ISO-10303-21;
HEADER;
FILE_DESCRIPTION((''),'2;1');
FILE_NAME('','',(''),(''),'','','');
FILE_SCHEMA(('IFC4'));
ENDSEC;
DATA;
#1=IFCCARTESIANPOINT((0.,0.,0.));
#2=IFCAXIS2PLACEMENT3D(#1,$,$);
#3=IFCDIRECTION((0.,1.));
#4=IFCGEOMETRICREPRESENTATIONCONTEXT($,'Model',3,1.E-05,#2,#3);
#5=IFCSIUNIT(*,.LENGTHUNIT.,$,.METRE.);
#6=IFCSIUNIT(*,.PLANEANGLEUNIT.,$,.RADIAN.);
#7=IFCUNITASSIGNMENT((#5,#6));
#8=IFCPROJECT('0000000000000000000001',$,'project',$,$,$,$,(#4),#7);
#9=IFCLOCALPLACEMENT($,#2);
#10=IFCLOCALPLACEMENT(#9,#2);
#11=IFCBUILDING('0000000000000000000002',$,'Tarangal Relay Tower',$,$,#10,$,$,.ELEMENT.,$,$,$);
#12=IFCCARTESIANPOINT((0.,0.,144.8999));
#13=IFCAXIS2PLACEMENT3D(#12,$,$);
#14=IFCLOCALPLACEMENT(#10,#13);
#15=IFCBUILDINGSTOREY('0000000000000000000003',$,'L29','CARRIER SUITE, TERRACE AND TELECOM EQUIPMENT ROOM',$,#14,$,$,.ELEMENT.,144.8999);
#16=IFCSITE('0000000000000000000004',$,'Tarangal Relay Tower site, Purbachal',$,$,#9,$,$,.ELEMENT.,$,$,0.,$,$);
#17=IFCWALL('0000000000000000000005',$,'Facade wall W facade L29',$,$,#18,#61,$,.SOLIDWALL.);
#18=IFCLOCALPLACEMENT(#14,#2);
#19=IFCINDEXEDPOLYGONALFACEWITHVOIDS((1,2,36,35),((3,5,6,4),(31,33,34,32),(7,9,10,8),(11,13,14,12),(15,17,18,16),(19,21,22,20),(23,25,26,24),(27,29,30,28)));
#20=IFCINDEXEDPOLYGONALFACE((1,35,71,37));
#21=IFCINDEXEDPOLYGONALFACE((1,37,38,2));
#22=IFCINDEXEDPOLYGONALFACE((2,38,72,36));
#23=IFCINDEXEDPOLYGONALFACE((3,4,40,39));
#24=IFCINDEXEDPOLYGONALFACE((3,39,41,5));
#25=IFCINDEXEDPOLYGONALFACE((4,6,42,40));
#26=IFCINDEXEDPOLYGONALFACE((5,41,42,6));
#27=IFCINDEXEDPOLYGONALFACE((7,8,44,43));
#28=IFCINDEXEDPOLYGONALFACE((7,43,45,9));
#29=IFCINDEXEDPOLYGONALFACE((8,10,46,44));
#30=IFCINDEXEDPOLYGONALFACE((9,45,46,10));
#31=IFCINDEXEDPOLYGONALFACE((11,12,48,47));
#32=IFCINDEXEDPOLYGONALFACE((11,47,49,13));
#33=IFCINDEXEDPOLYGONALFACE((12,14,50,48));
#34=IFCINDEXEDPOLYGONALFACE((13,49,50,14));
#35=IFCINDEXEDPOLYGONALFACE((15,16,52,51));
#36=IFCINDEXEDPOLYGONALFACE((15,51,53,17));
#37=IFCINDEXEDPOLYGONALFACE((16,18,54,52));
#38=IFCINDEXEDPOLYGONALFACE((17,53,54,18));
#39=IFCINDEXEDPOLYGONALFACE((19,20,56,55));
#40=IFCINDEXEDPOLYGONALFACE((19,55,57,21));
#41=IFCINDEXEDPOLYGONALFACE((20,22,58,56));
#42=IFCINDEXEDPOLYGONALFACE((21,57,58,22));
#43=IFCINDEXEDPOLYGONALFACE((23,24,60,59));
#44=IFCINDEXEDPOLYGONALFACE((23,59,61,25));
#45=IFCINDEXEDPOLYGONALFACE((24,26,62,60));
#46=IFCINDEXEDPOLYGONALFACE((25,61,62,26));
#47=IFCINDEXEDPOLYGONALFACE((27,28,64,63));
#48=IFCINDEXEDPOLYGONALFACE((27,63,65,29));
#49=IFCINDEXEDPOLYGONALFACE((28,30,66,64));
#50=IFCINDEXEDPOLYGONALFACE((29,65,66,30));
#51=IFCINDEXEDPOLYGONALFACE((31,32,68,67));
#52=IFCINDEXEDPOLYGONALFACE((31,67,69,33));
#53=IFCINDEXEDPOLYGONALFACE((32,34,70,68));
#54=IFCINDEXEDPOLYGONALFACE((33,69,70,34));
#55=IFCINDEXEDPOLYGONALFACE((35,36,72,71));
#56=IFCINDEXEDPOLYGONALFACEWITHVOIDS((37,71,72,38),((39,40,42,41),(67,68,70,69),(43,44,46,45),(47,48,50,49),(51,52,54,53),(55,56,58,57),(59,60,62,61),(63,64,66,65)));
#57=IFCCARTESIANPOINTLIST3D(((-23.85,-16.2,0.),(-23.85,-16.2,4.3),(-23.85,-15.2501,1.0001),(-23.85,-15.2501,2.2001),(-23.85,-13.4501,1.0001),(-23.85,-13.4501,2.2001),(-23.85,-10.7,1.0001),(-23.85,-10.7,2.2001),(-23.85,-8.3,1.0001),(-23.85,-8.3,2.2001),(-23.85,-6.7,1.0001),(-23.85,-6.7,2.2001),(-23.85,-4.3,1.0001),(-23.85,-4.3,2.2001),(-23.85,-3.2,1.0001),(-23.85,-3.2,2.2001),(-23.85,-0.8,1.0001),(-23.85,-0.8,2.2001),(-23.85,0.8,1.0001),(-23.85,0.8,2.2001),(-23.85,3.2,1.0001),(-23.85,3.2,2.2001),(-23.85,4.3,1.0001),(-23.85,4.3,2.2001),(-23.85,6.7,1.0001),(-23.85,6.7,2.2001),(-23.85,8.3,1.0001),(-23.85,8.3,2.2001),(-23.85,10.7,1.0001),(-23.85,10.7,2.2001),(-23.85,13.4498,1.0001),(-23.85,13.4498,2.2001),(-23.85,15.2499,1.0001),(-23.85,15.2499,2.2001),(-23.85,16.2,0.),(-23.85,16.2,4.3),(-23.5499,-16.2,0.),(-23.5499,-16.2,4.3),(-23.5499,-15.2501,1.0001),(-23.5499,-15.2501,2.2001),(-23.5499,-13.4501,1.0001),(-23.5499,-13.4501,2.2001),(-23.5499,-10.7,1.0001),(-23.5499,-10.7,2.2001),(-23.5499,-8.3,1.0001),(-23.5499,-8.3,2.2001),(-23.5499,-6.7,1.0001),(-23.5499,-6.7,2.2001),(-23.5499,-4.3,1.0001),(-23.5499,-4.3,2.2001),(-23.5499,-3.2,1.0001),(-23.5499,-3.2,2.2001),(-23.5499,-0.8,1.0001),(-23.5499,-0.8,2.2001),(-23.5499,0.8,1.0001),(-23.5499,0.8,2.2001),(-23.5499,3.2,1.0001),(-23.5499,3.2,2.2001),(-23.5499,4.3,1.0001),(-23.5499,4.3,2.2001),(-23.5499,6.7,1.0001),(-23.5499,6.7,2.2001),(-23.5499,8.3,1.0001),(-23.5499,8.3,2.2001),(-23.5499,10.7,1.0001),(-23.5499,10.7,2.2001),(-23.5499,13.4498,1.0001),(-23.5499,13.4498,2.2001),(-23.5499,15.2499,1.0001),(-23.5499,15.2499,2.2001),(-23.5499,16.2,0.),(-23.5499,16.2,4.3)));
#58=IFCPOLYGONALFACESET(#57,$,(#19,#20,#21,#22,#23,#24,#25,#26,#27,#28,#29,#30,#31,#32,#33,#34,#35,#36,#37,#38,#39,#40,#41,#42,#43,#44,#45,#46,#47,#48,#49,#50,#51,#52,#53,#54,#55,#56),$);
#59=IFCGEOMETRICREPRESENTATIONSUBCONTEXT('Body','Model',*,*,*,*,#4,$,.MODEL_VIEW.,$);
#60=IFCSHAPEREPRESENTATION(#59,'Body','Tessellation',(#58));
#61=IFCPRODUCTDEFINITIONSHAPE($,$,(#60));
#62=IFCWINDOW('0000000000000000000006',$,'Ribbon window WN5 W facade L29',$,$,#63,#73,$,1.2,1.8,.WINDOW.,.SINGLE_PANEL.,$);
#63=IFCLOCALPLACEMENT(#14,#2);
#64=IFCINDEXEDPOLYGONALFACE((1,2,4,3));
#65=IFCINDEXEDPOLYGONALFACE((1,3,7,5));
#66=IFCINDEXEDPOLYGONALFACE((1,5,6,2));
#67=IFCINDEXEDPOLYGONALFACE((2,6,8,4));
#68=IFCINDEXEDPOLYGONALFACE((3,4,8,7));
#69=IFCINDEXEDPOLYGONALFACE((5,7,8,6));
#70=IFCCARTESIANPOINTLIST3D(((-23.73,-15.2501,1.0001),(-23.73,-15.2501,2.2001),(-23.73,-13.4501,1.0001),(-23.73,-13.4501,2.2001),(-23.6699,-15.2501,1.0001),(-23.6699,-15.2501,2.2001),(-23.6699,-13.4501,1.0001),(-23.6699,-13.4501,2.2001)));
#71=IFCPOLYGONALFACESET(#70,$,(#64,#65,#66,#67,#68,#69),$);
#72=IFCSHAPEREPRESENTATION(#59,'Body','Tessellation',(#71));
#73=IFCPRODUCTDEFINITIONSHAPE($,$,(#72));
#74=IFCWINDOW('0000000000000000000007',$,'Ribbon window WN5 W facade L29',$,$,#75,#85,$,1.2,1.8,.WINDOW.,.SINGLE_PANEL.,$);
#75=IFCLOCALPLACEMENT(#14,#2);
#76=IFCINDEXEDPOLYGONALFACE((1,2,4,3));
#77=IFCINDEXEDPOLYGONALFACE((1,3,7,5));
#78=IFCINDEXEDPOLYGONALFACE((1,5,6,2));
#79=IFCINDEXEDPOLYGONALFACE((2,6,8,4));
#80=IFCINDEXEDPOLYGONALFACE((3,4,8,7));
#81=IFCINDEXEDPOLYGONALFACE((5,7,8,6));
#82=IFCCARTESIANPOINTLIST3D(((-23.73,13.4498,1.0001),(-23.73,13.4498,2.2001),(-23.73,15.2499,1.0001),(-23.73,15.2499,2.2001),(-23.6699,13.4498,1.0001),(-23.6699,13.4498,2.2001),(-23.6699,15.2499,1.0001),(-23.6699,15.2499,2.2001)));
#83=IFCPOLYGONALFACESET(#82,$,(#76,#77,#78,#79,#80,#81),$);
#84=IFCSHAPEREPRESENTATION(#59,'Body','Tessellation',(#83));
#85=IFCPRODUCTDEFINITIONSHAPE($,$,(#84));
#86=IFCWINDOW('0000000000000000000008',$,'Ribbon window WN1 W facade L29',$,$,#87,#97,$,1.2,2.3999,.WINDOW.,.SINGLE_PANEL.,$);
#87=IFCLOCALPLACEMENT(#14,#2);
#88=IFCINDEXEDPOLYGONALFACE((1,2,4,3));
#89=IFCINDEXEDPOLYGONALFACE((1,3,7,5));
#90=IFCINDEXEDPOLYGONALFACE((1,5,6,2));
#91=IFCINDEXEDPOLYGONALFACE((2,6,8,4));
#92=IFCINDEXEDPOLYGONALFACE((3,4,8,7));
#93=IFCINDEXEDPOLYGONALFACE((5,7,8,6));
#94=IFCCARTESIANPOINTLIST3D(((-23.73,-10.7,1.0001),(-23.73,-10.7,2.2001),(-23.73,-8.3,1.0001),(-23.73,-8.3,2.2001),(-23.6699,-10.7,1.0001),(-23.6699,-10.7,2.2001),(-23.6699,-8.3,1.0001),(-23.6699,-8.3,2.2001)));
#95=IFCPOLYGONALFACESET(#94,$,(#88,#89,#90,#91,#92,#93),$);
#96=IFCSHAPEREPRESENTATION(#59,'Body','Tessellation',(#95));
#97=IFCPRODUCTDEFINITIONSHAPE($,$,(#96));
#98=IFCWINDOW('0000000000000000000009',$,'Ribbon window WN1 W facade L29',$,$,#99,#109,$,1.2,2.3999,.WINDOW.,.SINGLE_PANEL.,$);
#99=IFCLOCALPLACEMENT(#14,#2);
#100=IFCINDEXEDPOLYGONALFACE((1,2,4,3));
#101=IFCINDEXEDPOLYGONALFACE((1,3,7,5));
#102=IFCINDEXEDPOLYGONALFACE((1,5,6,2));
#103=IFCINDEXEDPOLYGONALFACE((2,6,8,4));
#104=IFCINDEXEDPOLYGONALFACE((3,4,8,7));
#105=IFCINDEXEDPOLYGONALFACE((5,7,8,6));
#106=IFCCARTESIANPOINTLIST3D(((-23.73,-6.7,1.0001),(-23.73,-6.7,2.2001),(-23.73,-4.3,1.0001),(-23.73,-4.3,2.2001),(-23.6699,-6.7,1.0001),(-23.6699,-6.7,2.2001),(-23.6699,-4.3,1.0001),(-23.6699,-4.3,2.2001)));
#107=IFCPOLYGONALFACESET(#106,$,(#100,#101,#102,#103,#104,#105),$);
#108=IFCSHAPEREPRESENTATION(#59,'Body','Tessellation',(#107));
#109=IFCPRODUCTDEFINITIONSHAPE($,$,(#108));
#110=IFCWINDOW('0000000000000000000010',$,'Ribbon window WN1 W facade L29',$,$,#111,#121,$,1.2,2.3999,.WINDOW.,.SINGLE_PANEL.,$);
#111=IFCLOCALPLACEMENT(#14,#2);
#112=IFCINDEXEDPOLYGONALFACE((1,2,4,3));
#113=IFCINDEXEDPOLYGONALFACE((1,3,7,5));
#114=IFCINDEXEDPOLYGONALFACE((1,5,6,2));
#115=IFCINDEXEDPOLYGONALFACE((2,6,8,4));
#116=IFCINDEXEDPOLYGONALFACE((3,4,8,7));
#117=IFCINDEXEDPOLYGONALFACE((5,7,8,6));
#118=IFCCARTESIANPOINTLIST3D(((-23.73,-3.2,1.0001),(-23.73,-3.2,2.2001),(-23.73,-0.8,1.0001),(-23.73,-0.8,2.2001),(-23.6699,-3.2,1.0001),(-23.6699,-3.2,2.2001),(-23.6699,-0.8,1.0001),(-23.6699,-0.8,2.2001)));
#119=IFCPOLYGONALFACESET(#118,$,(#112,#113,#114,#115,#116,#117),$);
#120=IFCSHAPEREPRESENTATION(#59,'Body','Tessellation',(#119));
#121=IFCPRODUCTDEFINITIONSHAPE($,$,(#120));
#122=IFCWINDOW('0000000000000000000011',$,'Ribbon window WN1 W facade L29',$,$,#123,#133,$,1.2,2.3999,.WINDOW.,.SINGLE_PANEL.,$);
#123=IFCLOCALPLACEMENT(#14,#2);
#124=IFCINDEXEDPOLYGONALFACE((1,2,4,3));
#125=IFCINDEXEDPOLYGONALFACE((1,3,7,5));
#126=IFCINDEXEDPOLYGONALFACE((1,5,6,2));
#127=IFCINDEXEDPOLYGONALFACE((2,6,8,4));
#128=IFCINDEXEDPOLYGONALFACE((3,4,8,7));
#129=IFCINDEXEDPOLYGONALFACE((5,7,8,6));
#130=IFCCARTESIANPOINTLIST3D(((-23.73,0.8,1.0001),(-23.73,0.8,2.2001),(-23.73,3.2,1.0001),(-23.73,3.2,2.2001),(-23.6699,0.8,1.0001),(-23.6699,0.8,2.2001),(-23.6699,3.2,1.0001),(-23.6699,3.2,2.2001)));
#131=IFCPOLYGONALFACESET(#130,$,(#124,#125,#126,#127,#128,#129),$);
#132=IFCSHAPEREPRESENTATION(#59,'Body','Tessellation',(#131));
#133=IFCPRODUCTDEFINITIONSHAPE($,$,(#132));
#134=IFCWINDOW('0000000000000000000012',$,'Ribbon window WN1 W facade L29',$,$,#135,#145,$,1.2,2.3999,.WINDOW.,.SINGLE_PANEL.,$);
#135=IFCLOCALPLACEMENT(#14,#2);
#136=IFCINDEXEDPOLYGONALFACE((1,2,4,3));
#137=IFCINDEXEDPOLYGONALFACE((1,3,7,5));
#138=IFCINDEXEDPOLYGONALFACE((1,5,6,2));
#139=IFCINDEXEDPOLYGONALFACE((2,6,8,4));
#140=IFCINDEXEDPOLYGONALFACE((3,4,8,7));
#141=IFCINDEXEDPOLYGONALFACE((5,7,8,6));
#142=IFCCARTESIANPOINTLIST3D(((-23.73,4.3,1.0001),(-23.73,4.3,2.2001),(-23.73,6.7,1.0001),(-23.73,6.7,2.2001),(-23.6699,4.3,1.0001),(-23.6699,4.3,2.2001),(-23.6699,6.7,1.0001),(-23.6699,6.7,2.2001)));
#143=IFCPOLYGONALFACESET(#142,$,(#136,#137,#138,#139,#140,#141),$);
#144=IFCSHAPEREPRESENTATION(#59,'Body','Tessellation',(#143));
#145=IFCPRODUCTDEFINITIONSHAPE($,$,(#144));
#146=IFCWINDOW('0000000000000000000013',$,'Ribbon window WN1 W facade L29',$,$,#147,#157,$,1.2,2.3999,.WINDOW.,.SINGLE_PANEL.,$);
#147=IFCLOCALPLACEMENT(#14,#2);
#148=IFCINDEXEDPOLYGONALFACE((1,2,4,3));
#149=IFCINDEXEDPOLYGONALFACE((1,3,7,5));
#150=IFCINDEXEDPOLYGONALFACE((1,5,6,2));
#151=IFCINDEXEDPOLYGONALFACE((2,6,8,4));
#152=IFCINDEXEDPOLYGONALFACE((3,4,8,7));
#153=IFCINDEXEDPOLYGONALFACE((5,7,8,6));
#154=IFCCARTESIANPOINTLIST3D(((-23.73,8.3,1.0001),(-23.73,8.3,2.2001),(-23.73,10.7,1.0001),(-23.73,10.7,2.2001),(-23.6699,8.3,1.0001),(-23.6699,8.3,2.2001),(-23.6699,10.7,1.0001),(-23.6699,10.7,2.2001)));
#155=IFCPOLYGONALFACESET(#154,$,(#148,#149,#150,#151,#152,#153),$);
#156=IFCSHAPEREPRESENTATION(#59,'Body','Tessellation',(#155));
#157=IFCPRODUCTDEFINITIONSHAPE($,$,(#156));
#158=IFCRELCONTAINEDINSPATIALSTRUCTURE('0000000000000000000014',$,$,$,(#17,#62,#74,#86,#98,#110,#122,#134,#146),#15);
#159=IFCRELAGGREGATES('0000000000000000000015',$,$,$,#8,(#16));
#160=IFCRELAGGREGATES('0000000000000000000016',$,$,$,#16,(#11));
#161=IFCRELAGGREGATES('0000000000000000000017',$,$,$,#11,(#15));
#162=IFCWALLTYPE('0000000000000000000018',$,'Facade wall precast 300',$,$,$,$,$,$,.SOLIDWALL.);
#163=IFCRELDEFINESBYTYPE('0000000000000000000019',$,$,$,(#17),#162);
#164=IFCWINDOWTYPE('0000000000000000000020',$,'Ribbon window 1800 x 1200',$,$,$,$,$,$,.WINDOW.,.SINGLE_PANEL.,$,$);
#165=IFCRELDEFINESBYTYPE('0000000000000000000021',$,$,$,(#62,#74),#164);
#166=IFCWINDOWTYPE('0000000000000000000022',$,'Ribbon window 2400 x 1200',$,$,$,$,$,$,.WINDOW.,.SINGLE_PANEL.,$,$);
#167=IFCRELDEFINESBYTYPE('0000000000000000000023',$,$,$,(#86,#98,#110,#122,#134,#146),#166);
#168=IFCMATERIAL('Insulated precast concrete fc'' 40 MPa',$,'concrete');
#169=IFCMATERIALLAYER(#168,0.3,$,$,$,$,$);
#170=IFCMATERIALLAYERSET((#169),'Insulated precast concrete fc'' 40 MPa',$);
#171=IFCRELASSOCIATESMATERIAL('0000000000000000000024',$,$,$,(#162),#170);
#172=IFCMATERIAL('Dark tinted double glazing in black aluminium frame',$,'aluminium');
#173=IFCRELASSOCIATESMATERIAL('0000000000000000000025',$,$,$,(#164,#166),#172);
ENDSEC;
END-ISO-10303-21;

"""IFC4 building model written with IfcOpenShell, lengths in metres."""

from ifc_helpers import new_model, si_unit, direction, frame, frame_2d, origin, place, context, subcontext, project, spatial, rectangle, extrude, material, layer, layer_set, type_object, element, fill, save


model = new_model("IFC4")

# Units and contexts
model_context = context("Model", 3, precision=1e-05, world=origin(), true_north=direction((0.0, 1.0)))
body_context = subcontext(model_context, "Body", "Model", "MODEL_VIEW")
ifc_project = project(units=[si_unit("LENGTHUNIT", "METRE"), si_unit("PLANEANGLEUNIT", "RADIAN")], contexts=[model_context])

# Site, building, storey
site_placement = place(None, origin())
site = spatial("IfcSite", under=ifc_project, at=site_placement, Name="Tarangal Relay Tower site, Purbachal", CompositionType="ELEMENT", RefElevation=0.0)
building_placement = place(site_placement, origin())
building = spatial("IfcBuilding", under=site, at=building_placement, Name="Tarangal Relay Tower", CompositionType="ELEMENT")
storey_placement = place(building_placement, frame((0.0, 0.0, 144.8999)))
storey = spatial("IfcBuildingStorey", under=building, at=storey_placement, Name="L29", Description="CARRIER SUITE, TERRACE AND TELECOM EQUIPMENT ROOM", CompositionType="ELEMENT", Elevation=144.8999)

# Shared definitions
ifc_material_1 = material(Name="Insulated precast concrete fc' 40 MPa", Category="concrete")
ifc_layer = layer(ifc_material_1, 0.3)
ifc_layer_set = layer_set([ifc_layer], Name="Insulated precast concrete fc' 40 MPa")
wall_type = type_object("IfcWallType", Name="Facade wall precast 300", PredefinedType="SOLIDWALL", material=ifc_layer_set)

# Wall, openings, windows
wall_placement = place(storey_placement, frame((-23.7, -16.2, 0.0), z_axis=(0.0, 0.0, 1.0), x_axis=(0.0, 1.0, 0.0)))
wall = element("IfcWall", 1, at=wall_placement, inside=storey, type_object=wall_type, Name="Facade wall W facade L29", PredefinedType="SOLIDWALL", context=body_context, shape_type="SweptSolid", body=[
    extrude(rectangle(XDim=32.3999, YDim=0.3, at=frame_2d((16.2, 0.0))), origin(), (0.0, 0.0, 1.0), 4.3),
])
opening_1_placement = place(wall_placement, frame((0.95, 0.0, 1.0)))
opening_1 = element("IfcOpeningElement", 2, at=opening_1_placement, cuts=wall, PredefinedType="OPENING", context=body_context, shape_type="SweptSolid", body=[
    extrude(rectangle(XDim=1.8, YDim=1.2, at=frame_2d((0.8999, 0.6001))), frame((0.0, 0.1599, 0.0), z_axis=(0.0, -1.0, 0.0), x_axis=(1.0, 0.0, 0.0)), (0.0, 0.0, 1.0), 0.3201),
])
opening_2_placement = place(wall_placement, frame((5.5, 0.0, 1.0)))
opening_2 = element("IfcOpeningElement", 3, at=opening_2_placement, cuts=wall, PredefinedType="OPENING", context=body_context, shape_type="SweptSolid", body=[
    extrude(rectangle(XDim=2.3999, YDim=1.2, at=frame_2d((1.2, 0.6001))), frame((0.0, 0.1599, 0.0), z_axis=(0.0, -1.0, 0.0), x_axis=(1.0, 0.0, 0.0)), (0.0, 0.0, 1.0), 0.3201),
])
opening_3_placement = place(wall_placement, frame((9.5, 0.0, 1.0)))
opening_3 = element("IfcOpeningElement", 4, at=opening_3_placement, cuts=wall, PredefinedType="OPENING", context=body_context, shape_type="SweptSolid", body=[
    extrude(rectangle(XDim=2.3999, YDim=1.2, at=frame_2d((1.2, 0.6001))), frame((0.0, 0.1599, 0.0), z_axis=(0.0, -1.0, 0.0), x_axis=(1.0, 0.0, 0.0)), (0.0, 0.0, 1.0), 0.3201),
])
opening_4_placement = place(wall_placement, frame((13.0, 0.0, 1.0)))
opening_4 = element("IfcOpeningElement", 5, at=opening_4_placement, cuts=wall, PredefinedType="OPENING", context=body_context, shape_type="SweptSolid", body=[
    extrude(rectangle(XDim=2.3999, YDim=1.2, at=frame_2d((1.2, 0.6001))), frame((0.0, 0.1599, 0.0), z_axis=(0.0, -1.0, 0.0), x_axis=(1.0, 0.0, 0.0)), (0.0, 0.0, 1.0), 0.3201),
])
opening_5_placement = place(wall_placement, frame((17.0, 0.0, 1.0)))
opening_5 = element("IfcOpeningElement", 6, at=opening_5_placement, cuts=wall, PredefinedType="OPENING", context=body_context, shape_type="SweptSolid", body=[
    extrude(rectangle(XDim=2.3999, YDim=1.2, at=frame_2d((1.2, 0.6001))), frame((0.0, 0.1599, 0.0), z_axis=(0.0, -1.0, 0.0), x_axis=(1.0, 0.0, 0.0)), (0.0, 0.0, 1.0), 0.3201),
])
opening_6_placement = place(wall_placement, frame((20.5, 0.0, 1.0)))
opening_6 = element("IfcOpeningElement", 7, at=opening_6_placement, cuts=wall, PredefinedType="OPENING", context=body_context, shape_type="SweptSolid", body=[
    extrude(rectangle(XDim=2.3999, YDim=1.2, at=frame_2d((1.2, 0.6001))), frame((0.0, 0.1599, 0.0), z_axis=(0.0, -1.0, 0.0), x_axis=(1.0, 0.0, 0.0)), (0.0, 0.0, 1.0), 0.3201),
])
opening_7_placement = place(wall_placement, frame((24.5, 0.0, 1.0)))
opening_7 = element("IfcOpeningElement", 8, at=opening_7_placement, cuts=wall, PredefinedType="OPENING", context=body_context, shape_type="SweptSolid", body=[
    extrude(rectangle(XDim=2.3999, YDim=1.2, at=frame_2d((1.2, 0.6001))), frame((0.0, 0.1599, 0.0), z_axis=(0.0, -1.0, 0.0), x_axis=(1.0, 0.0, 0.0)), (0.0, 0.0, 1.0), 0.3201),
])
opening_8_placement = place(wall_placement, frame((29.6499, 0.0, 1.0)))
opening_8 = element("IfcOpeningElement", 9, at=opening_8_placement, cuts=wall, PredefinedType="OPENING", context=body_context, shape_type="SweptSolid", body=[
    extrude(rectangle(XDim=1.8, YDim=1.2, at=frame_2d((0.8999, 0.6001))), frame((0.0, 0.1599, 0.0), z_axis=(0.0, -1.0, 0.0), x_axis=(1.0, 0.0, 0.0)), (0.0, 0.0, 1.0), 0.3201),
])
ifc_material_2 = material(Name="Dark tinted double glazing in black aluminium frame", Category="aluminium")
window_type_1 = type_object("IfcWindowType", Name="Ribbon window 1800 x 1200", PartitioningType="SINGLE_PANEL", PredefinedType="WINDOW", material=ifc_material_2)
window_1_placement = place(opening_1_placement, origin())
window_1 = element("IfcWindow", 10, at=window_1_placement, inside=storey, type_object=window_type_1, Name="Ribbon window WN5 W facade L29", OverallHeight=1.2, OverallWidth=1.8, PartitioningType="SINGLE_PANEL", PredefinedType="WINDOW", context=body_context, shape_type="SweptSolid", body=[
    extrude(rectangle(XDim=1.8, YDim=1.2, at=frame_2d((0.8999, 0.6001))), frame((0.0, 0.03, 0.0), z_axis=(0.0, -1.0, 0.0), x_axis=(1.0, 0.0, 0.0)), (0.0, 0.0, 1.0), 0.0601),
])
fill(opening_1, window_1)
window_2_placement = place(opening_8_placement, origin())
window_2 = element("IfcWindow", 11, at=window_2_placement, inside=storey, type_object=window_type_1, Name="Ribbon window WN5 W facade L29", OverallHeight=1.2, OverallWidth=1.8, PartitioningType="SINGLE_PANEL", PredefinedType="WINDOW", context=body_context, shape_type="SweptSolid", body=[
    extrude(rectangle(XDim=1.8, YDim=1.2, at=frame_2d((0.8999, 0.6001))), frame((0.0, 0.03, 0.0), z_axis=(0.0, -1.0, 0.0), x_axis=(1.0, 0.0, 0.0)), (0.0, 0.0, 1.0), 0.0601),
])
fill(opening_8, window_2)
window_type_2 = type_object("IfcWindowType", Name="Ribbon window 2400 x 1200", PartitioningType="SINGLE_PANEL", PredefinedType="WINDOW", material=ifc_material_2)
window_3_placement = place(opening_2_placement, origin())
window_3 = element("IfcWindow", 12, at=window_3_placement, inside=storey, type_object=window_type_2, Name="Ribbon window WN1 W facade L29", OverallHeight=1.2, OverallWidth=2.3999, PartitioningType="SINGLE_PANEL", PredefinedType="WINDOW", context=body_context, shape_type="SweptSolid", body=[
    extrude(rectangle(XDim=2.3999, YDim=1.2, at=frame_2d((1.2, 0.6001))), frame((0.0, 0.03, 0.0), z_axis=(0.0, -1.0, 0.0), x_axis=(1.0, 0.0, 0.0)), (0.0, 0.0, 1.0), 0.0601),
])
fill(opening_2, window_3)
window_4_placement = place(opening_3_placement, origin())
window_4 = element("IfcWindow", 13, at=window_4_placement, inside=storey, type_object=window_type_2, Name="Ribbon window WN1 W facade L29", OverallHeight=1.2, OverallWidth=2.3999, PartitioningType="SINGLE_PANEL", PredefinedType="WINDOW", context=body_context, shape_type="SweptSolid", body=[
    extrude(rectangle(XDim=2.3999, YDim=1.2, at=frame_2d((1.2, 0.6001))), frame((0.0, 0.03, 0.0), z_axis=(0.0, -1.0, 0.0), x_axis=(1.0, 0.0, 0.0)), (0.0, 0.0, 1.0), 0.0601),
])
fill(opening_3, window_4)
window_5_placement = place(opening_4_placement, origin())
window_5 = element("IfcWindow", 14, at=window_5_placement, inside=storey, type_object=window_type_2, Name="Ribbon window WN1 W facade L29", OverallHeight=1.2, OverallWidth=2.3999, PartitioningType="SINGLE_PANEL", PredefinedType="WINDOW", context=body_context, shape_type="SweptSolid", body=[
    extrude(rectangle(XDim=2.3999, YDim=1.2, at=frame_2d((1.2, 0.6001))), frame((0.0, 0.03, 0.0), z_axis=(0.0, -1.0, 0.0), x_axis=(1.0, 0.0, 0.0)), (0.0, 0.0, 1.0), 0.0601),
])
fill(opening_4, window_5)
window_6_placement = place(opening_5_placement, origin())
window_6 = element("IfcWindow", 15, at=window_6_placement, inside=storey, type_object=window_type_2, Name="Ribbon window WN1 W facade L29", OverallHeight=1.2, OverallWidth=2.3999, PartitioningType="SINGLE_PANEL", PredefinedType="WINDOW", context=body_context, shape_type="SweptSolid", body=[
    extrude(rectangle(XDim=2.3999, YDim=1.2, at=frame_2d((1.2, 0.6001))), frame((0.0, 0.03, 0.0), z_axis=(0.0, -1.0, 0.0), x_axis=(1.0, 0.0, 0.0)), (0.0, 0.0, 1.0), 0.0601),
])
fill(opening_5, window_6)
window_7_placement = place(opening_6_placement, origin())
window_7 = element("IfcWindow", 16, at=window_7_placement, inside=storey, type_object=window_type_2, Name="Ribbon window WN1 W facade L29", OverallHeight=1.2, OverallWidth=2.3999, PartitioningType="SINGLE_PANEL", PredefinedType="WINDOW", context=body_context, shape_type="SweptSolid", body=[
    extrude(rectangle(XDim=2.3999, YDim=1.2, at=frame_2d((1.2, 0.6001))), frame((0.0, 0.03, 0.0), z_axis=(0.0, -1.0, 0.0), x_axis=(1.0, 0.0, 0.0)), (0.0, 0.0, 1.0), 0.0601),
])
fill(opening_6, window_7)
window_8_placement = place(opening_7_placement, origin())
window_8 = element("IfcWindow", 17, at=window_8_placement, inside=storey, type_object=window_type_2, Name="Ribbon window WN1 W facade L29", OverallHeight=1.2, OverallWidth=2.3999, PartitioningType="SINGLE_PANEL", PredefinedType="WINDOW", context=body_context, shape_type="SweptSolid", body=[
    extrude(rectangle(XDim=2.3999, YDim=1.2, at=frame_2d((1.2, 0.6001))), frame((0.0, 0.03, 0.0), z_axis=(0.0, -1.0, 0.0), x_axis=(1.0, 0.0, 0.0)), (0.0, 0.0, 1.0), 0.0601),
])
fill(opening_7, window_8)

save(model, "model.ifc")
